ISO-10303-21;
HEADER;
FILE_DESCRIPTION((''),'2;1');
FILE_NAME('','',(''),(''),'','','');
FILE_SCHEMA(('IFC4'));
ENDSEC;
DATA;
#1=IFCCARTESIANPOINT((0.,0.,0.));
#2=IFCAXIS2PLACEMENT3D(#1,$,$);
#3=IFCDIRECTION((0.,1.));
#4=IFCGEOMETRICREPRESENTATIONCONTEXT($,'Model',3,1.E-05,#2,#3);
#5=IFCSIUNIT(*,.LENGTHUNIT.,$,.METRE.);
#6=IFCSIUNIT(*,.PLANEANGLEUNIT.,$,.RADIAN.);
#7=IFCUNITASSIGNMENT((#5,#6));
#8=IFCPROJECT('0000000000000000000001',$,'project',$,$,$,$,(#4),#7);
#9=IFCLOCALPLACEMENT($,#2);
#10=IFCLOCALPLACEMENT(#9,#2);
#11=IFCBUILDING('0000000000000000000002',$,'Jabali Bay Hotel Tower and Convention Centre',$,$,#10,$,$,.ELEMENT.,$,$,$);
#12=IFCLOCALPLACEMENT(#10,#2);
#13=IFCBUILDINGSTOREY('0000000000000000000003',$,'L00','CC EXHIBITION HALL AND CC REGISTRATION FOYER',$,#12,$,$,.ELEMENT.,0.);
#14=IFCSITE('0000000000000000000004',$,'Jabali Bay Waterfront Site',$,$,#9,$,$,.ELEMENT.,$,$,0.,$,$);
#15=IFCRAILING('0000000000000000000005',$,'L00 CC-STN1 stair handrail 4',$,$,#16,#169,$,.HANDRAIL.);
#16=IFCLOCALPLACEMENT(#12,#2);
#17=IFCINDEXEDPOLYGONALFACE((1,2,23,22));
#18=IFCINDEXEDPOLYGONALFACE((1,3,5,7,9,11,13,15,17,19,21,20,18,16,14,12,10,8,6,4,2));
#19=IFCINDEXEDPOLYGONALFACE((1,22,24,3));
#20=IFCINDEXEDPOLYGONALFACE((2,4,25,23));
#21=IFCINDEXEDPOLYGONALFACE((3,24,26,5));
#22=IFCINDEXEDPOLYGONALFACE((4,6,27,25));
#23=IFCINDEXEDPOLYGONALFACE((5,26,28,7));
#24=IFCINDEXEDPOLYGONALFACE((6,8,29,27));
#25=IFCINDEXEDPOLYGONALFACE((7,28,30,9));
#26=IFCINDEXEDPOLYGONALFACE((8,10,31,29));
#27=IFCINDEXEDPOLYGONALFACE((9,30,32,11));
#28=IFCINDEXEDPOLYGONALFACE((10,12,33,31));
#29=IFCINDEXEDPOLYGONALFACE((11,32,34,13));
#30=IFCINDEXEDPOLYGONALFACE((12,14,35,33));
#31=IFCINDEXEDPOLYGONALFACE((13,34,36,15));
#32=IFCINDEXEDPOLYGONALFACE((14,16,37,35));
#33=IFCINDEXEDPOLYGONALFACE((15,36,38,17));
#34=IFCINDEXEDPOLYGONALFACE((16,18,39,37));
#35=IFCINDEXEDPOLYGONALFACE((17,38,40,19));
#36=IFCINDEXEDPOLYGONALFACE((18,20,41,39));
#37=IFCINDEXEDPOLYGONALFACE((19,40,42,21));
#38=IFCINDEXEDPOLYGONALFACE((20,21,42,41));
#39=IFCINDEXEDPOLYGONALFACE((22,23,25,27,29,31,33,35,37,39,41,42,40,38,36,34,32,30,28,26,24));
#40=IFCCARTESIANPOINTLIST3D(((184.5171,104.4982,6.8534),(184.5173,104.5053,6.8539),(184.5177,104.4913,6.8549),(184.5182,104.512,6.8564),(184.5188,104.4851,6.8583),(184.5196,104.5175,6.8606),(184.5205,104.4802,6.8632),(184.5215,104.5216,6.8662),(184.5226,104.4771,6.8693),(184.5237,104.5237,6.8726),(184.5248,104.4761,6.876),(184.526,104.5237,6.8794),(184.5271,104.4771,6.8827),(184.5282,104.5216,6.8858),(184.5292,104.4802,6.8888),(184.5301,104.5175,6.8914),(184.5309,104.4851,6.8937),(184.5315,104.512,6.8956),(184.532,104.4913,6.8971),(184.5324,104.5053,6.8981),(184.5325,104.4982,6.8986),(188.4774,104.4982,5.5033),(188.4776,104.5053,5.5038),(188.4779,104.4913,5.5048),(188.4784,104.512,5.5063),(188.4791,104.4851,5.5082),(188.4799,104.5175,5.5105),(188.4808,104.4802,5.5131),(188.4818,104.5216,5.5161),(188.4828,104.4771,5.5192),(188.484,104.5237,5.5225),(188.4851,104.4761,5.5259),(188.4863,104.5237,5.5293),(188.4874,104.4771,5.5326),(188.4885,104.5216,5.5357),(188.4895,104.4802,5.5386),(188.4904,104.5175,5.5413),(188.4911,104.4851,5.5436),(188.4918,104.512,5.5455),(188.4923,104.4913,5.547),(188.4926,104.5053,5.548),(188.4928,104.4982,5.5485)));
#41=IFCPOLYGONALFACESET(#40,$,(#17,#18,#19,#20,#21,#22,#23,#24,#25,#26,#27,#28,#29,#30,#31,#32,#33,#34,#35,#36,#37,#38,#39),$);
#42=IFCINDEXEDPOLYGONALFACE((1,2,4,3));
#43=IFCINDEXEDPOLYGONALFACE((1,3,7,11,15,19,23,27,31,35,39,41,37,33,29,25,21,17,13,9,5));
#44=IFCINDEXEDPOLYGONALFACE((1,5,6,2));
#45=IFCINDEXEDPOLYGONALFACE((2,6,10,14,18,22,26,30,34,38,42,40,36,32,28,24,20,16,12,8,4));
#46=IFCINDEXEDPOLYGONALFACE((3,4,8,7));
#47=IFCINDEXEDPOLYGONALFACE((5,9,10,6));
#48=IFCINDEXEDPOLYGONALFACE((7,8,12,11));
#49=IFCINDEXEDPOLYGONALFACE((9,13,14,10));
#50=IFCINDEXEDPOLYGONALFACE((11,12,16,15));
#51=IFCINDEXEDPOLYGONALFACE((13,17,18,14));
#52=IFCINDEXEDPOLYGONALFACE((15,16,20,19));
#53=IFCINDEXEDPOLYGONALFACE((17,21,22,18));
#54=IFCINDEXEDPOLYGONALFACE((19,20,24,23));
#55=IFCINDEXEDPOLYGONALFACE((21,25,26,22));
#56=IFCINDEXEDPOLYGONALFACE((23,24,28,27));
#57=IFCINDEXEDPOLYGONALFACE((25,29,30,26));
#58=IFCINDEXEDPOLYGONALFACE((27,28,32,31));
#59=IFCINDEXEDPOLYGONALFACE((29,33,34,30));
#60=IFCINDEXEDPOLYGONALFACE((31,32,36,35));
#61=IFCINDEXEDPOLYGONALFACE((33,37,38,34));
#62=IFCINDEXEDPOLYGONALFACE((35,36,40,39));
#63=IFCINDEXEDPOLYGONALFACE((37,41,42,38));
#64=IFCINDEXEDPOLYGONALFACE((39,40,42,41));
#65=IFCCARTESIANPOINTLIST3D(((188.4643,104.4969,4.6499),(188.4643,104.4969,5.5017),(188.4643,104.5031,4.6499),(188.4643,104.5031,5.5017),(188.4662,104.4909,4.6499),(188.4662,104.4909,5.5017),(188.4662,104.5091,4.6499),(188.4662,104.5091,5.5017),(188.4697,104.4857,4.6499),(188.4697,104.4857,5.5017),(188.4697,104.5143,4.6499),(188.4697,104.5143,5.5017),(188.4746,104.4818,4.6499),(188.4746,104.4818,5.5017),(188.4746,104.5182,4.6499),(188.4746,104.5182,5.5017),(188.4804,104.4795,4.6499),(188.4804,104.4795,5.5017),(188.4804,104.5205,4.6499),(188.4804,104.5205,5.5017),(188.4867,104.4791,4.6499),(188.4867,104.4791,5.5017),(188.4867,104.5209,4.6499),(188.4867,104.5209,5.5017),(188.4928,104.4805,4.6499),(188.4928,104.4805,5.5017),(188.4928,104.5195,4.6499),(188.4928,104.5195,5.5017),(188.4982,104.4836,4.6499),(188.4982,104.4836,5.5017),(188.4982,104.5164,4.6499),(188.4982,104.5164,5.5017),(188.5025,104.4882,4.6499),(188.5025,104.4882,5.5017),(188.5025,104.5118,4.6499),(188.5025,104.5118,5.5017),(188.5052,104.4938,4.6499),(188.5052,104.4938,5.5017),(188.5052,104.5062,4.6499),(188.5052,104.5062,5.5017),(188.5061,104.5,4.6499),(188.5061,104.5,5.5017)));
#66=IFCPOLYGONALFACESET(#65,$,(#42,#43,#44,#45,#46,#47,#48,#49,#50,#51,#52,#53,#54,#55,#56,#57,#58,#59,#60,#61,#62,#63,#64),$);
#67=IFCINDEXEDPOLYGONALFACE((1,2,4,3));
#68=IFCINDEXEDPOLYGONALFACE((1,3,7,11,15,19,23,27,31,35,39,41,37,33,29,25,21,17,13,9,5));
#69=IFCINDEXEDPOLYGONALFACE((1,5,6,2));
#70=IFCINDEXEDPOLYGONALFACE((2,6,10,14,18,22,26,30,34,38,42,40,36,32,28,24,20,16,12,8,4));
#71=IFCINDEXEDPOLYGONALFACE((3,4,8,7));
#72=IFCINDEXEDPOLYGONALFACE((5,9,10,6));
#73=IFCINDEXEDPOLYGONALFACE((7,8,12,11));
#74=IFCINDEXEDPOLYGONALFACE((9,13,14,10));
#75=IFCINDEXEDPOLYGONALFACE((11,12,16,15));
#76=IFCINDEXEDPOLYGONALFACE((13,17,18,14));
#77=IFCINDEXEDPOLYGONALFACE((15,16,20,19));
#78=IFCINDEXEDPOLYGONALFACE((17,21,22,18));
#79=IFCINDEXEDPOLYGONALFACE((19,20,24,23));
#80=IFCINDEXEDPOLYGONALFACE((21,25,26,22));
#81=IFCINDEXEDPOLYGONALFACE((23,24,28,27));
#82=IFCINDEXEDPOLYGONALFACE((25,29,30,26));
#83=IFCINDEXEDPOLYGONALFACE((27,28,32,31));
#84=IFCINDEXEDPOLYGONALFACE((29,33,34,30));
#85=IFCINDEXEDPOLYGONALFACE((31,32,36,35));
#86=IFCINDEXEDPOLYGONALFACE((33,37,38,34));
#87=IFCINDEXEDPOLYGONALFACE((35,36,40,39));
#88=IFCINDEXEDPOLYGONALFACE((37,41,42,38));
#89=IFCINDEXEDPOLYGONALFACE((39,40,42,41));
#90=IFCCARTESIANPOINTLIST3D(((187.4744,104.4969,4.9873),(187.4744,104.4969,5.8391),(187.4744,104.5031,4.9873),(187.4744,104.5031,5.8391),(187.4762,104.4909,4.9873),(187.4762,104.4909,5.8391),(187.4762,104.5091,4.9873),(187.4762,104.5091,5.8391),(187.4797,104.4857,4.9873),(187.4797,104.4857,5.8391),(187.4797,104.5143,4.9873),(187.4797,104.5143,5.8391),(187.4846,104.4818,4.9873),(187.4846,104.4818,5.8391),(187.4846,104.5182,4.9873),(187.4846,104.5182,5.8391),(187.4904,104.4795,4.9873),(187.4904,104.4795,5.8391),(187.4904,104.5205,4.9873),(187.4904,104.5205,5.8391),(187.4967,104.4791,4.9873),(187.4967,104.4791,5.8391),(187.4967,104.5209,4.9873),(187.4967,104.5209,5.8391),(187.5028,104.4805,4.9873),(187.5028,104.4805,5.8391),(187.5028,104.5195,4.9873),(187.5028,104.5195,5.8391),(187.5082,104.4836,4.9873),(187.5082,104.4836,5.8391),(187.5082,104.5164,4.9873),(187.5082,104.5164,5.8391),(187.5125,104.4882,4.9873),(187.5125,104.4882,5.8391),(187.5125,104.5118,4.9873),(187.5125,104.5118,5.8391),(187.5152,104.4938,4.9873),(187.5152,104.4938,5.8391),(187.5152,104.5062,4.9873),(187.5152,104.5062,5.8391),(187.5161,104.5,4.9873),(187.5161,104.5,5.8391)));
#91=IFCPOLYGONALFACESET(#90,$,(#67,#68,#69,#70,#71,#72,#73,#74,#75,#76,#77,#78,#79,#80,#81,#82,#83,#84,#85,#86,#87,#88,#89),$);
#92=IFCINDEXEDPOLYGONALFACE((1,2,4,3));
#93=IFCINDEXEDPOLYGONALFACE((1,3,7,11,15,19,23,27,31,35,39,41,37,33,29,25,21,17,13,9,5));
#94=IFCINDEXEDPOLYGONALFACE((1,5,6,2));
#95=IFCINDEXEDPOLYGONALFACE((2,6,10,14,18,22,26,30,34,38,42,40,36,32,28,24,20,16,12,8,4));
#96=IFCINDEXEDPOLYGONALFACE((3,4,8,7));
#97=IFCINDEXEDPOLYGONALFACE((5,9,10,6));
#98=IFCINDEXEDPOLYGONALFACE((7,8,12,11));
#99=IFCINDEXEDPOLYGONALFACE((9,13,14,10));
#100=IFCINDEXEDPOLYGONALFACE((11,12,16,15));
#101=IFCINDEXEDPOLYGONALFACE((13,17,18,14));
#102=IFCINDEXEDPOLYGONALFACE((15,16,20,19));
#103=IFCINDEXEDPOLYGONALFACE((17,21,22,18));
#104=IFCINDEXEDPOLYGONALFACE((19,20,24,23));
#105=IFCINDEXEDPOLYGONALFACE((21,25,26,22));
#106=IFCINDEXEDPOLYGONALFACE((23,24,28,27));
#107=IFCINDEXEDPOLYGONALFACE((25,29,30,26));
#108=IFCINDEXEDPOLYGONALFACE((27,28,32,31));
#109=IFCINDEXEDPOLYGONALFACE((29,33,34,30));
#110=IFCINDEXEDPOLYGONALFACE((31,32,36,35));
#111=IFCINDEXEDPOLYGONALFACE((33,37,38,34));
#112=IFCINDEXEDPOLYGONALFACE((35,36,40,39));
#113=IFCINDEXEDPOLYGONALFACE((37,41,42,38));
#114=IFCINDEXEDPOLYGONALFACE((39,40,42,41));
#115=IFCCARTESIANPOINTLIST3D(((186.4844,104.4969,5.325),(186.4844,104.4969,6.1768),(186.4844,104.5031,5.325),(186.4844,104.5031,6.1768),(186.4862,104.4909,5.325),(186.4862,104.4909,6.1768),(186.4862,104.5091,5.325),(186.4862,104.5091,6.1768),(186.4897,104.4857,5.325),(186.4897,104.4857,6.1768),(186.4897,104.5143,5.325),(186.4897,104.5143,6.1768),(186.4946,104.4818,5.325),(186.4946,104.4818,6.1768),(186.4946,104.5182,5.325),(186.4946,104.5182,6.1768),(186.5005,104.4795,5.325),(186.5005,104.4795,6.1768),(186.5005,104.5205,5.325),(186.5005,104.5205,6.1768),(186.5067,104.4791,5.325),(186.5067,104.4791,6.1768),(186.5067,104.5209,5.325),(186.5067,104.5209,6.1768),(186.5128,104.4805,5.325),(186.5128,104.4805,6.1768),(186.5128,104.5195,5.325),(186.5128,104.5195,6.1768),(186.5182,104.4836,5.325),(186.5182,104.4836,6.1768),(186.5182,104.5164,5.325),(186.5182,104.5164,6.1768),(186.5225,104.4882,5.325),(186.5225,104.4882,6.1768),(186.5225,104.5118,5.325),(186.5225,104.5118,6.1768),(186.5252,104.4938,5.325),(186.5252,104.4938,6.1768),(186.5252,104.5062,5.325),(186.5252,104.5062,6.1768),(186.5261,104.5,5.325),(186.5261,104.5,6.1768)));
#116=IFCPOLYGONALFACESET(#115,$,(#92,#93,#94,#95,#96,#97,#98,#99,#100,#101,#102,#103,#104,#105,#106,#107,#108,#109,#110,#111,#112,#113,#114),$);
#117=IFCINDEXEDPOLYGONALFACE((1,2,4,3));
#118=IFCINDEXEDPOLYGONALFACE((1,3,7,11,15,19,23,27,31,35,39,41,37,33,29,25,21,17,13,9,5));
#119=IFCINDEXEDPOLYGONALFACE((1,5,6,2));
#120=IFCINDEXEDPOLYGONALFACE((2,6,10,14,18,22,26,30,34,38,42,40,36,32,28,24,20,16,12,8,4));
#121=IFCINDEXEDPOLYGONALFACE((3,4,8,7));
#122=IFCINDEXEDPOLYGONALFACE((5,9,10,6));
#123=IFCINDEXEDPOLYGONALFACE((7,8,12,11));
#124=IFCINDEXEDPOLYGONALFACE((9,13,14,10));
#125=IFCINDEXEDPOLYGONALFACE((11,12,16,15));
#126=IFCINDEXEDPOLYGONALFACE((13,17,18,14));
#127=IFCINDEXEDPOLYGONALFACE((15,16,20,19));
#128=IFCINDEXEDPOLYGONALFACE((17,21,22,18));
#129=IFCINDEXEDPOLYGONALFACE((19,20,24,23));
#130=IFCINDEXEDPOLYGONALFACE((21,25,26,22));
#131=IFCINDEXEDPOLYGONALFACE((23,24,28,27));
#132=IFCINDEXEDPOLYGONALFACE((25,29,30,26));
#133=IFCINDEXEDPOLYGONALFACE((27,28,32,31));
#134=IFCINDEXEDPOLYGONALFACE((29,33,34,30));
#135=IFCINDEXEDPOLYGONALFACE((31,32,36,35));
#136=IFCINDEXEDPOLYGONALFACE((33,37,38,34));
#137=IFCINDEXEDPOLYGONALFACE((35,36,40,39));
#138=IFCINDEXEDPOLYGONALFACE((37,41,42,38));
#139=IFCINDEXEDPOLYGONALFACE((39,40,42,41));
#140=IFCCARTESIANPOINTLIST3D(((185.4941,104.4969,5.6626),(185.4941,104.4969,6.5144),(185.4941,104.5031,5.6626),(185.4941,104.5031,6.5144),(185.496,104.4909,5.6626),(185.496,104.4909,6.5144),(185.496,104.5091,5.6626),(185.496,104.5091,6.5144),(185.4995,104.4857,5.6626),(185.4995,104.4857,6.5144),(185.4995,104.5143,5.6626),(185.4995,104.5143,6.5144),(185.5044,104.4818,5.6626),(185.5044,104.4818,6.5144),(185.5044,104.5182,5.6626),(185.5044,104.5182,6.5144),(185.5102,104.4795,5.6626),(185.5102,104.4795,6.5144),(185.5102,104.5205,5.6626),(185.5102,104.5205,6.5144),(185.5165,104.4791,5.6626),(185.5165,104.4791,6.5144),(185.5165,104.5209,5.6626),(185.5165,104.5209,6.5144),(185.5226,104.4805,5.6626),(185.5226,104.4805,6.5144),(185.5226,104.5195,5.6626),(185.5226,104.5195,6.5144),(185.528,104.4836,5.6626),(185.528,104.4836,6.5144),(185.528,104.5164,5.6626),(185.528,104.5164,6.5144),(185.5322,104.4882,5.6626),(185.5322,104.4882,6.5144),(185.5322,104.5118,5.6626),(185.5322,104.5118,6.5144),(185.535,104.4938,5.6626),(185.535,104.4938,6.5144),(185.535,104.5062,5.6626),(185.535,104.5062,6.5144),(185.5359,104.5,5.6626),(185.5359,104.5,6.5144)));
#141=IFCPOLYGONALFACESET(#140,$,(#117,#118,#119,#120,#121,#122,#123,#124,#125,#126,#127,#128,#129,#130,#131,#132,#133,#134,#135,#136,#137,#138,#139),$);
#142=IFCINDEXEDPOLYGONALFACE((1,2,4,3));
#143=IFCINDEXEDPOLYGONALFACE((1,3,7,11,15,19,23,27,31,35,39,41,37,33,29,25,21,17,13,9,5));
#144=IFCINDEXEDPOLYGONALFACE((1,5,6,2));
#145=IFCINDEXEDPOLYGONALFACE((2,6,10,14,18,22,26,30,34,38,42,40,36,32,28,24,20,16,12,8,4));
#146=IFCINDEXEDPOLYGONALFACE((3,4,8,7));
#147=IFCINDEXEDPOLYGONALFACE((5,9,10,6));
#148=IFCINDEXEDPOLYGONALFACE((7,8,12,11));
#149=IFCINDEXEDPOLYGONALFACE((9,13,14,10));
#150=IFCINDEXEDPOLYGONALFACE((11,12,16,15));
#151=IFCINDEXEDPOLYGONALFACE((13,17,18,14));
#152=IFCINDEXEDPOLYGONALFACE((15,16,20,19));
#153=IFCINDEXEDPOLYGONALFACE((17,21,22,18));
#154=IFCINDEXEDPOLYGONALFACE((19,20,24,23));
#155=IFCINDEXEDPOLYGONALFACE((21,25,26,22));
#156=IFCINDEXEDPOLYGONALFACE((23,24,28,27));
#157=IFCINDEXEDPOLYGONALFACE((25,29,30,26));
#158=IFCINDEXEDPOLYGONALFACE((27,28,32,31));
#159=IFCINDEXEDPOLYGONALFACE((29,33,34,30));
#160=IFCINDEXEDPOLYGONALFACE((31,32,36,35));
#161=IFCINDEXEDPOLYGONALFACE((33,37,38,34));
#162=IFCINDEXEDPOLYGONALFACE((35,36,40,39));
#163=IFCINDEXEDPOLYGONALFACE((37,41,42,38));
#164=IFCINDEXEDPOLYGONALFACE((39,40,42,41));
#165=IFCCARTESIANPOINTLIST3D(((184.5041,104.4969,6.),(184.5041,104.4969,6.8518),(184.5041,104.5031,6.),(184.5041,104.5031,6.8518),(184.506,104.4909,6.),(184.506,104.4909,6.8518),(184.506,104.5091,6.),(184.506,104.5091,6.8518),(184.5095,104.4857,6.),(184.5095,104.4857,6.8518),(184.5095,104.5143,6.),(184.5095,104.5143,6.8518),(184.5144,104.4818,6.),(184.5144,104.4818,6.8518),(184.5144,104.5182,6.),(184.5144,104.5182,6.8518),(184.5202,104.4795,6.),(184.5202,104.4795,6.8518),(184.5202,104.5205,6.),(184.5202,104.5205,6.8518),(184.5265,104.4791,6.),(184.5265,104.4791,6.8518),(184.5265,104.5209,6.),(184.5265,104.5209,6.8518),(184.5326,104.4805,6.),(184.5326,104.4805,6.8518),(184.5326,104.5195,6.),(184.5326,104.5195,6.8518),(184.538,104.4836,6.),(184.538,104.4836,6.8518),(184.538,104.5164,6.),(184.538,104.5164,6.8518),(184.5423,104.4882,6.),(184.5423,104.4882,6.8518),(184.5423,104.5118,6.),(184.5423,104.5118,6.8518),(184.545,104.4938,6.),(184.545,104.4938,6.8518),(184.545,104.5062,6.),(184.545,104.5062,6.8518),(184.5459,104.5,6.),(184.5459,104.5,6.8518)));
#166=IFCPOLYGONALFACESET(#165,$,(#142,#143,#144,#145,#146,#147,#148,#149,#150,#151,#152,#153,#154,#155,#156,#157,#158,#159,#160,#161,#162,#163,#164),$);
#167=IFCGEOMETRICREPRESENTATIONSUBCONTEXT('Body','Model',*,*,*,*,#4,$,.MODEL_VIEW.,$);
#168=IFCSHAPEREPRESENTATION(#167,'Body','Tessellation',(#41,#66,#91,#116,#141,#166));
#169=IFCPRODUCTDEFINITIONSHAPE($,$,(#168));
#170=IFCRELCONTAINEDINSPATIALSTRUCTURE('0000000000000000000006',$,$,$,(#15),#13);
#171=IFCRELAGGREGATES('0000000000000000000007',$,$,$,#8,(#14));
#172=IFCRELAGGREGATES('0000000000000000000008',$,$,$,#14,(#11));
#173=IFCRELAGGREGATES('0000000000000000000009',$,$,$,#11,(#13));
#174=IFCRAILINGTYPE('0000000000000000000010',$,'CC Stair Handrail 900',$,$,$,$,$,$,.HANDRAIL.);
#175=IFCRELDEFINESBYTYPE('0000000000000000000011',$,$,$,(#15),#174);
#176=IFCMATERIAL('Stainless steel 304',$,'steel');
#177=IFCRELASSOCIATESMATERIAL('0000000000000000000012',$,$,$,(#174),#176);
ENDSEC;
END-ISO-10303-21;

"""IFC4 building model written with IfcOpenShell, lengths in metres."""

from ifc_helpers import new_model, si_unit, direction, frame, origin, origin_2d, place, context, subcontext, project, spatial, circle, extrude, material, type_object, element, save


model = new_model("IFC4")

# Units and contexts
model_context = context("Model", 3, precision=1e-05, world=origin(), true_north=direction((0.0, 1.0)))
body_context = subcontext(model_context, "Body", "Model", "MODEL_VIEW")
ifc_project = project(units=[si_unit("LENGTHUNIT", "METRE"), si_unit("PLANEANGLEUNIT", "RADIAN")], contexts=[model_context])

# Site, building, storey
site_placement = place(None, origin())
site = spatial("IfcSite", under=ifc_project, at=site_placement, Name="Jabali Bay Waterfront Site", CompositionType="ELEMENT", RefElevation=0.0)
building_placement = place(site_placement, origin())
building = spatial("IfcBuilding", under=site, at=building_placement, Name="Jabali Bay Hotel Tower and Convention Centre", CompositionType="ELEMENT")
storey_placement = place(building_placement, origin())
storey = spatial("IfcBuildingStorey", under=building, at=storey_placement, Name="L00", Description="CC EXHIBITION HALL AND CC REGISTRATION FOYER", CompositionType="ELEMENT", Elevation=0.0)

# Railing
ifc_material_1 = material(Name="Stainless steel 304", Category="steel")
railing_type_1 = type_object("IfcRailingType", Name="CC Stair Handrail 900", PredefinedType="HANDRAIL", material=ifc_material_1)
for number, where, name in (
    (1, (188.4851, 104.5, 4.6499), "L00 CC-STN1 stair handrail 4"),
):
    element("IfcRailing", number, at=place(storey_placement, frame(where)), inside=storey, type_object=railing_type_1, Name=name, PredefinedType="HANDRAIL", context=body_context, shape_type="SweptSolid", body=[
        extrude(circle(Radius=0.0239, at=origin_2d()), frame((0.0, 0.0, 0.876), z_axis=(-0.946508, 0.0, 0.32268), x_axis=(0.0, -1.0, 0.0)), (0.0, 0.0, 1.0), 4.1841),
        extrude(circle(Radius=0.021, at=origin_2d()), origin(), (0.0, 0.0, 1.0), 0.8518),
        extrude(circle(Radius=0.021, at=origin_2d()), frame((-0.99, 0.0, 0.3374)), (0.0, 0.0, 1.0), 0.8518),
        extrude(circle(Radius=0.021, at=origin_2d()), frame((-1.98, 0.0, 0.675)), (0.0, 0.0, 1.0), 0.8518),
        extrude(circle(Radius=0.021, at=origin_2d()), frame((-2.9702, 0.0, 1.0127)), (0.0, 0.0, 1.0), 0.8518),
        extrude(circle(Radius=0.021, at=origin_2d()), frame((-3.9602, 0.0, 1.3501)), (0.0, 0.0, 1.0), 0.8518),
    ])

save(model, "model.ifc")
